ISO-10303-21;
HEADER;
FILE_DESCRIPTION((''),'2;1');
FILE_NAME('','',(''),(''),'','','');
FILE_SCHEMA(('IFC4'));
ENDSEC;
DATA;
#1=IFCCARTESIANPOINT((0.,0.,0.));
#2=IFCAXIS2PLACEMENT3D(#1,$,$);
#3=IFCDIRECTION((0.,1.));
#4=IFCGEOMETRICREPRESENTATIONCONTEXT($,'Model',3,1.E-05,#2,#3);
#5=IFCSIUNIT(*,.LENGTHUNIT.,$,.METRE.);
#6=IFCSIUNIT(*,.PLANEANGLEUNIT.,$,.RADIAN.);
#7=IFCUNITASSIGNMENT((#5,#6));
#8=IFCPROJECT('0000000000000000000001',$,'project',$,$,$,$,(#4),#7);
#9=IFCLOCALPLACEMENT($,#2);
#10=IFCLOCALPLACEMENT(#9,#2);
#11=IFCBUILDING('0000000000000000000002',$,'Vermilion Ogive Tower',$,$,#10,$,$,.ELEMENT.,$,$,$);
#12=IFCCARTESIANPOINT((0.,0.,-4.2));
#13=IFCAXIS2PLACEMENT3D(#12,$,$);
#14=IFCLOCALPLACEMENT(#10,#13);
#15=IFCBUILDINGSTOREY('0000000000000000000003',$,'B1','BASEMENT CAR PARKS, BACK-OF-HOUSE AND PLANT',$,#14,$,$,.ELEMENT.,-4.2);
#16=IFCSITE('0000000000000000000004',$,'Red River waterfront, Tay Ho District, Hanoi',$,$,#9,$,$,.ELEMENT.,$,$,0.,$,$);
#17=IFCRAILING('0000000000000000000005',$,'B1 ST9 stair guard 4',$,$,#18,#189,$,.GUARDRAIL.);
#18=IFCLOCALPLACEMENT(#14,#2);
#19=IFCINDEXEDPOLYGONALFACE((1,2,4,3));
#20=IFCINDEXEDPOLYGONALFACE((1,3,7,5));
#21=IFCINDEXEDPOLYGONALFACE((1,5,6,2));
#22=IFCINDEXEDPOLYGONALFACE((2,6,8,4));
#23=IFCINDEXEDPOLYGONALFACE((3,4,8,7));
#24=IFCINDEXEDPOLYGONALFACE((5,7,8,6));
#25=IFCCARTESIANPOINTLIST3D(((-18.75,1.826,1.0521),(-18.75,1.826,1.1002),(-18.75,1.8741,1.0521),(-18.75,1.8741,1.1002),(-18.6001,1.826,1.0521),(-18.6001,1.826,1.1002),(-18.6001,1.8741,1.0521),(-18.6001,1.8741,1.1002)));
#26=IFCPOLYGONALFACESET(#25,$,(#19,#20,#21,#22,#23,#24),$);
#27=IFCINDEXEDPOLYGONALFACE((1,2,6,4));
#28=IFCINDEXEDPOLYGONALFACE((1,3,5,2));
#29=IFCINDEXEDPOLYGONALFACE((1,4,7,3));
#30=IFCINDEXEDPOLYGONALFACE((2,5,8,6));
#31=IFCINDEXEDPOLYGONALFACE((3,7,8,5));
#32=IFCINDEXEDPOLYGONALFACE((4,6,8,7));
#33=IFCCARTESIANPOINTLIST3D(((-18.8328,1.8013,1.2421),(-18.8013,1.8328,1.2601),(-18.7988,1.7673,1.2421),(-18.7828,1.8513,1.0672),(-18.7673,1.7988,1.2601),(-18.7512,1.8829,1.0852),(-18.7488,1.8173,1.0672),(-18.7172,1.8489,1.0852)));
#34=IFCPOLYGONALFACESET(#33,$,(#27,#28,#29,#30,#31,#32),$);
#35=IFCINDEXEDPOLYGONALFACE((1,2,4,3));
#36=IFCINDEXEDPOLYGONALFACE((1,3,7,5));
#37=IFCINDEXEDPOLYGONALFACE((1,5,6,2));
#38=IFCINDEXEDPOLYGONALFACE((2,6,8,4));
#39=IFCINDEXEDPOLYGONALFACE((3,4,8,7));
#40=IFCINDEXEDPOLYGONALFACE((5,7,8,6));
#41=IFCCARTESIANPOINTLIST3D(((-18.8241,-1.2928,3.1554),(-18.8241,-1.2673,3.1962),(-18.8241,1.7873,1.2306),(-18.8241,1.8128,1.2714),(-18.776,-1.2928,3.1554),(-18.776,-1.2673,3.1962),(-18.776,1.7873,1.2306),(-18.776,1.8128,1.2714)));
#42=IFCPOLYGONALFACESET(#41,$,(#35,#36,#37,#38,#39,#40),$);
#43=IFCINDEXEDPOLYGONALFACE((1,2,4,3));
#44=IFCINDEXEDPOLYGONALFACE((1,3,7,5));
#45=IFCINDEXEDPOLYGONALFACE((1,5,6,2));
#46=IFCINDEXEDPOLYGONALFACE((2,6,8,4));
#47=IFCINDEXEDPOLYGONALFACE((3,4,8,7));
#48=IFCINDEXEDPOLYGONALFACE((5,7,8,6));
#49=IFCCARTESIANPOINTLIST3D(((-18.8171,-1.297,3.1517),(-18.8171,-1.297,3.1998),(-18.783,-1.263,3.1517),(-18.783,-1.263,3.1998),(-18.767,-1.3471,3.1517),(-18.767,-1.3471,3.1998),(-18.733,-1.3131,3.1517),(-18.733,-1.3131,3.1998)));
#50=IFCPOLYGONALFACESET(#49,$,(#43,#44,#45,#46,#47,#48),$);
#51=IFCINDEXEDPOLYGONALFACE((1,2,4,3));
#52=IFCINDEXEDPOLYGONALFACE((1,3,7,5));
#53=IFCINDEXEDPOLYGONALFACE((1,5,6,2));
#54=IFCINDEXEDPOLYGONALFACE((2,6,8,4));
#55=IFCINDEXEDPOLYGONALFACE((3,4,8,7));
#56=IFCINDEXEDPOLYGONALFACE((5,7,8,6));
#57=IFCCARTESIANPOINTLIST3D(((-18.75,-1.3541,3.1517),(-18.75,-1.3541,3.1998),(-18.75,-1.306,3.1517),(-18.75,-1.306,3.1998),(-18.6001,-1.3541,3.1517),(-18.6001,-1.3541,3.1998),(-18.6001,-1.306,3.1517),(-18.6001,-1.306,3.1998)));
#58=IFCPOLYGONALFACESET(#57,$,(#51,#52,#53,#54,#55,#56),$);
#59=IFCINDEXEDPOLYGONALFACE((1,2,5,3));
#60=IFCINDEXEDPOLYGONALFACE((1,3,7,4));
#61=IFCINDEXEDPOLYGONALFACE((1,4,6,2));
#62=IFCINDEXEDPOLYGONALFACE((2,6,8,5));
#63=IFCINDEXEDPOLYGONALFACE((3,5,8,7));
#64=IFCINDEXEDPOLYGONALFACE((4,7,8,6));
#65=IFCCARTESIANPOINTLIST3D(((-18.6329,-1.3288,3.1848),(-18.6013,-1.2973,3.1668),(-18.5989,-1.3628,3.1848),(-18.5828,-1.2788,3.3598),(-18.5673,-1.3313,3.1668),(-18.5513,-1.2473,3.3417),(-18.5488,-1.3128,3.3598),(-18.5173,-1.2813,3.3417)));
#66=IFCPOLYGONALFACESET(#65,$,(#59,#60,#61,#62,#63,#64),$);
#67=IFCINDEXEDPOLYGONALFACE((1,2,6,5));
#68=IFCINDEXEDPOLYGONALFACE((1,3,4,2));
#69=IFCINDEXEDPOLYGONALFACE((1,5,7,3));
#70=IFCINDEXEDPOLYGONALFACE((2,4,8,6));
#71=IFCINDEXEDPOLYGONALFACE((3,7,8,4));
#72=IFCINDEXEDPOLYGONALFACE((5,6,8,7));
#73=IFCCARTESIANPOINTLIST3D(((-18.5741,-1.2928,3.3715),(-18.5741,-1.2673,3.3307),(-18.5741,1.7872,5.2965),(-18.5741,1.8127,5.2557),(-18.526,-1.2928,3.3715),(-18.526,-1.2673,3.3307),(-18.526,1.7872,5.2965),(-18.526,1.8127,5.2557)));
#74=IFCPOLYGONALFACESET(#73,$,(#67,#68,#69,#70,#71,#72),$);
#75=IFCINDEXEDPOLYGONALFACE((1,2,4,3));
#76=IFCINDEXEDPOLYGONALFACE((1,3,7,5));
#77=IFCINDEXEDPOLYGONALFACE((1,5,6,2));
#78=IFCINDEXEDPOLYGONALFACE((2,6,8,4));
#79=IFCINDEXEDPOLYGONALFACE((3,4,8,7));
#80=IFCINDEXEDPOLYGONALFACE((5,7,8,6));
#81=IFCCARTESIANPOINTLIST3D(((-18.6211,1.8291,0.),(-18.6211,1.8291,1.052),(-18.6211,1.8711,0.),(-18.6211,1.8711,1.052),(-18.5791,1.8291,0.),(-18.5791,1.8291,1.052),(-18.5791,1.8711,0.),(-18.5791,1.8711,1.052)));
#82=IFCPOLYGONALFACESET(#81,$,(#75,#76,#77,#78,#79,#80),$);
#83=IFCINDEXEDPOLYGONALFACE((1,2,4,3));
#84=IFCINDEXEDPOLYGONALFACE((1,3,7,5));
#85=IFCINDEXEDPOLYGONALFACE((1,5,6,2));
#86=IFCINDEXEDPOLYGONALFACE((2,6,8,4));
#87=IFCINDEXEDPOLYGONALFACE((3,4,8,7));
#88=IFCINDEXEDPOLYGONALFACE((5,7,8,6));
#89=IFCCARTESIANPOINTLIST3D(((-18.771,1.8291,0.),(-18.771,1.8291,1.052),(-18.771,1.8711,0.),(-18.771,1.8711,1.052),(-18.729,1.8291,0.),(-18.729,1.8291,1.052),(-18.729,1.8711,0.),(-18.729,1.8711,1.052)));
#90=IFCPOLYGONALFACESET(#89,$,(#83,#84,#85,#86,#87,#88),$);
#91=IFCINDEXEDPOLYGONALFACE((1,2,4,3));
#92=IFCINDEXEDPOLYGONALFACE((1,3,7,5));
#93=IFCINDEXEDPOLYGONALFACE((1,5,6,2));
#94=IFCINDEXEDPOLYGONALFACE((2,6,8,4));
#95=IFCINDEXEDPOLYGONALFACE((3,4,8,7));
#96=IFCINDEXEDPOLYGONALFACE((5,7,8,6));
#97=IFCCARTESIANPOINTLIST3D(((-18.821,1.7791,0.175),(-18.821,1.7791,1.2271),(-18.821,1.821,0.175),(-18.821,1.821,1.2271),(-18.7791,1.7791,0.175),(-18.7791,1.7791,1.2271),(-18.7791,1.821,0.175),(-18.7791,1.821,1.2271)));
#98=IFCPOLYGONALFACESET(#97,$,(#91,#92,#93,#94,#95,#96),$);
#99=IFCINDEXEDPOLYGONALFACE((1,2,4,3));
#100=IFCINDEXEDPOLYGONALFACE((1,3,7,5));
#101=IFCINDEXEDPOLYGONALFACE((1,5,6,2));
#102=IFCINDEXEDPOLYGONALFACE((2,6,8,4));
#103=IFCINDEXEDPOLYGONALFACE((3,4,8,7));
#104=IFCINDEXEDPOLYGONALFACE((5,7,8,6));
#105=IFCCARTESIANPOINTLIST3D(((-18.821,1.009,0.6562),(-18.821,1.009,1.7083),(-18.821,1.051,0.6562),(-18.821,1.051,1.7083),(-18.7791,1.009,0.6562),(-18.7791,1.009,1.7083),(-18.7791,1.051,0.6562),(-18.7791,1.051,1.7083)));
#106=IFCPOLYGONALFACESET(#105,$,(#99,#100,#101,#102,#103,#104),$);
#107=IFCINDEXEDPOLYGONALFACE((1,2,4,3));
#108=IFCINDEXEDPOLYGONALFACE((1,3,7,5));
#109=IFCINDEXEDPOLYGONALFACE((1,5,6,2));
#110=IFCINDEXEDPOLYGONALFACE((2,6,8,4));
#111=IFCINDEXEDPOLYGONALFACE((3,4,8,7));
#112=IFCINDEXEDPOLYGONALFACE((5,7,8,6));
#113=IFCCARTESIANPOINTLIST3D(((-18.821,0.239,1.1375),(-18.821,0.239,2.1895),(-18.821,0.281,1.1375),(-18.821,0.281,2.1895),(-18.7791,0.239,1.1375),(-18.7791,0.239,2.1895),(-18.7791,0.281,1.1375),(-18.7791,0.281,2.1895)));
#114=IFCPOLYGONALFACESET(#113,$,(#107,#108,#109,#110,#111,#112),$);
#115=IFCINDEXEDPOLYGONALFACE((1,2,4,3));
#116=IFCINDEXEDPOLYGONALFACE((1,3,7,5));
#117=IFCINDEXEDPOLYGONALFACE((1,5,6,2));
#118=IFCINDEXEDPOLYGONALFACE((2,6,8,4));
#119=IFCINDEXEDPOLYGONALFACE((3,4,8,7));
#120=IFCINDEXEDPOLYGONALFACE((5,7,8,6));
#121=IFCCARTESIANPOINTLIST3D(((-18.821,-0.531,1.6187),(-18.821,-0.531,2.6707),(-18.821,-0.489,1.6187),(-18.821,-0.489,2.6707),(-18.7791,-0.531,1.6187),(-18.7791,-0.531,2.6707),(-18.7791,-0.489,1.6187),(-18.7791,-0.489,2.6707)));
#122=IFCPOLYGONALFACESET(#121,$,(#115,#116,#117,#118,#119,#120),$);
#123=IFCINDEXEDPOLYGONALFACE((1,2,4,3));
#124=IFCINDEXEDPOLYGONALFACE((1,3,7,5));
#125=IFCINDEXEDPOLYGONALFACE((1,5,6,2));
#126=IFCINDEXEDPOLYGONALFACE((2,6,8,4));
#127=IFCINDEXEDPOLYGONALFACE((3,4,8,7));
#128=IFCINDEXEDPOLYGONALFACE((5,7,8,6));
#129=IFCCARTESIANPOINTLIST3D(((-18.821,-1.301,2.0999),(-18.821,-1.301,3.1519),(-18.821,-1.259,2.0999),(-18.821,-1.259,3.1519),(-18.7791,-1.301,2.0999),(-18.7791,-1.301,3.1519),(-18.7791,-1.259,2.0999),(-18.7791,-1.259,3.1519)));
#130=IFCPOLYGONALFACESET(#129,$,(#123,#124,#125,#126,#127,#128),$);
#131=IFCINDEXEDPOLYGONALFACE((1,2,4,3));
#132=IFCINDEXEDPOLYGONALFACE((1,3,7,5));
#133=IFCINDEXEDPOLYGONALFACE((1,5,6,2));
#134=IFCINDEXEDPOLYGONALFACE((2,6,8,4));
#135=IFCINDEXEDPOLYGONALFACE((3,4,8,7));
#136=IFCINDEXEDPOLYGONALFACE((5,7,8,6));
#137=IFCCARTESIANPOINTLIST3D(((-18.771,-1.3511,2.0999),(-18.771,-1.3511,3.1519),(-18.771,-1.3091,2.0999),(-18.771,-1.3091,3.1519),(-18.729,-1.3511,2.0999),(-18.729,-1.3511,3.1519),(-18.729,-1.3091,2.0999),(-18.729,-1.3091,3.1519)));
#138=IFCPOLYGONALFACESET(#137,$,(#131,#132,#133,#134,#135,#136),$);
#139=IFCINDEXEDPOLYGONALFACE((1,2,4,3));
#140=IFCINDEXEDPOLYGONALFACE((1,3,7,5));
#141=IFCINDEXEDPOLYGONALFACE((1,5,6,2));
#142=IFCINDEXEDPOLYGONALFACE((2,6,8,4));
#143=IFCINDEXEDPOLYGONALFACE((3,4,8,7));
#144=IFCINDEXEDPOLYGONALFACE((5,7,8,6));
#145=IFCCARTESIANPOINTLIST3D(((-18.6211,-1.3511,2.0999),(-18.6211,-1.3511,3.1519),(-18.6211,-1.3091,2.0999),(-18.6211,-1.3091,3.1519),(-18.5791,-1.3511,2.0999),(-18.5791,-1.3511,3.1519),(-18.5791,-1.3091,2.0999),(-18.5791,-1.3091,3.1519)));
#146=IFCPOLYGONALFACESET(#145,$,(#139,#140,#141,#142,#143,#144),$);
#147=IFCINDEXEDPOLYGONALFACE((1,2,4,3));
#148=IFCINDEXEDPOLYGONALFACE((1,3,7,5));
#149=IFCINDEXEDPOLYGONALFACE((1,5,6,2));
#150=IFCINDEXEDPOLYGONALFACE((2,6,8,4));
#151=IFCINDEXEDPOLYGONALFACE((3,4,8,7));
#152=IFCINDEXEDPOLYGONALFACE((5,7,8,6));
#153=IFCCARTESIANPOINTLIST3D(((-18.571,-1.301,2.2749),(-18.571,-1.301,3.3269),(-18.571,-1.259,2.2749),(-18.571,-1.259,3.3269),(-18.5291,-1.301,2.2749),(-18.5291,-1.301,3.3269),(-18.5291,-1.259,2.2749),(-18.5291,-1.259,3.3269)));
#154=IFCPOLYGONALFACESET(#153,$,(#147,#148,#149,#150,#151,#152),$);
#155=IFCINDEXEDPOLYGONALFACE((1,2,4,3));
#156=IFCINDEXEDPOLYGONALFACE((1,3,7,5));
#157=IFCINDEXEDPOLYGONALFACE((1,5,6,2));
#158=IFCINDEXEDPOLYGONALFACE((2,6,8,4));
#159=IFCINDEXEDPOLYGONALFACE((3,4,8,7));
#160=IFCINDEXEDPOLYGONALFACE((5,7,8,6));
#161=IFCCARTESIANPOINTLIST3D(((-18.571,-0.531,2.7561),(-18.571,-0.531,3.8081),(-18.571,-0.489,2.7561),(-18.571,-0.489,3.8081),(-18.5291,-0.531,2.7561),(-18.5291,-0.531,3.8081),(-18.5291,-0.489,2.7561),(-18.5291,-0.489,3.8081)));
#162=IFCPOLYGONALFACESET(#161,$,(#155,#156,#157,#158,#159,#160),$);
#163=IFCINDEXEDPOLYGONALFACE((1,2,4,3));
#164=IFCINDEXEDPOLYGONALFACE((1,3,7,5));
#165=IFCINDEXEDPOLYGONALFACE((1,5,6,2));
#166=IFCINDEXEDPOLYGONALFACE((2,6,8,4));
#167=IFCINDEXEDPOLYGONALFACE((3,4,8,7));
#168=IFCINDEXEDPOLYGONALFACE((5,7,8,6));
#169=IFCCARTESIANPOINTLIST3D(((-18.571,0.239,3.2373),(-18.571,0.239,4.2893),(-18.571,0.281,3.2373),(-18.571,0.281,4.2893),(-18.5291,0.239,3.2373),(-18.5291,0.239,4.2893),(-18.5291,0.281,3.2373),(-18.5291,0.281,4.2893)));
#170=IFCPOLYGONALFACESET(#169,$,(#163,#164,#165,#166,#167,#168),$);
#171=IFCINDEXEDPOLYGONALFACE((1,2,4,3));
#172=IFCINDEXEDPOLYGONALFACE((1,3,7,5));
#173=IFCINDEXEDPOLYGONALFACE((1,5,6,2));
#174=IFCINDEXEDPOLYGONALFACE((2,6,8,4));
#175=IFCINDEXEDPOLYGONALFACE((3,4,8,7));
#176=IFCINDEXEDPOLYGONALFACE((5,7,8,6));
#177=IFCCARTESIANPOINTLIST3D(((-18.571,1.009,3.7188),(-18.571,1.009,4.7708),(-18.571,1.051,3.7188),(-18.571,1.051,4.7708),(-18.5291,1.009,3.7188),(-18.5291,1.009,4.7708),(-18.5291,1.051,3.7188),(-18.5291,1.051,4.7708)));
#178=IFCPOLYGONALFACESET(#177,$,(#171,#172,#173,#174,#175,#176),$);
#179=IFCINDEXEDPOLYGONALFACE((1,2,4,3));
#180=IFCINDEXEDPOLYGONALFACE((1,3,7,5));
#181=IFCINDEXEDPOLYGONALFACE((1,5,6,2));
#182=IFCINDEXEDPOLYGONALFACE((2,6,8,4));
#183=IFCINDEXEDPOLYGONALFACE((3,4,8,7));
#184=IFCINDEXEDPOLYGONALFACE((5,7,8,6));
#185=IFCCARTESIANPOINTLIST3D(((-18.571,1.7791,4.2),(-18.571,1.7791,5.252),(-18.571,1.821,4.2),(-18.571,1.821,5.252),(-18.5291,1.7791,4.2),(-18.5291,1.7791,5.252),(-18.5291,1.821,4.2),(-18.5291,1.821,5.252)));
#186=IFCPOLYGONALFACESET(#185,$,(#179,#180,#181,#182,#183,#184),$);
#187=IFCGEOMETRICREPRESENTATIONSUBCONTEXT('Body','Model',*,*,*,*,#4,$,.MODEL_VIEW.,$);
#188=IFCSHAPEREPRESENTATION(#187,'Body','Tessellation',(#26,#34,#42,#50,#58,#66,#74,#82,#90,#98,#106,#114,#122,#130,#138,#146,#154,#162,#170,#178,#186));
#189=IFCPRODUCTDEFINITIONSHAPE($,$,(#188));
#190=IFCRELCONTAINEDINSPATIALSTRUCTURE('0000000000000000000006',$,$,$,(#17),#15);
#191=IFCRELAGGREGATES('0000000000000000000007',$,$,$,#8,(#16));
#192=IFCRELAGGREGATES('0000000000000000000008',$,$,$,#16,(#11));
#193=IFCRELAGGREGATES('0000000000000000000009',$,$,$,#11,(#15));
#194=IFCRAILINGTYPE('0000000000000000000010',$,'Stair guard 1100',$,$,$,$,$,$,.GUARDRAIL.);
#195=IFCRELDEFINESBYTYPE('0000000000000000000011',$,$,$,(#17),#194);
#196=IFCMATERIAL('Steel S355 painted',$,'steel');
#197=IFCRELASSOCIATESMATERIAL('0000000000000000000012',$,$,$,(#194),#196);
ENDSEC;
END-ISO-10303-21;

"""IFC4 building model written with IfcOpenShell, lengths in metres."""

from ifc_helpers import new_model, si_unit, direction, frame, origin, origin_2d, place, context, subcontext, project, spatial, rectangle, extrude, material, type_object, element, save


model = new_model("IFC4")

# Units and contexts
model_context = context("Model", 3, precision=1e-05, world=origin(), true_north=direction((0.0, 1.0)))
body_context = subcontext(model_context, "Body", "Model", "MODEL_VIEW")
ifc_project = project(units=[si_unit("LENGTHUNIT", "METRE"), si_unit("PLANEANGLEUNIT", "RADIAN")], contexts=[model_context])

# Site, building, storey
site_placement = place(None, origin())
site = spatial("IfcSite", under=ifc_project, at=site_placement, Name="Red River waterfront, Tay Ho District, Hanoi", CompositionType="ELEMENT", RefElevation=0.0)
building_placement = place(site_placement, origin())
building = spatial("IfcBuilding", under=site, at=building_placement, Name="Vermilion Ogive Tower", CompositionType="ELEMENT")
storey_placement = place(building_placement, frame((0.0, 0.0, -4.2)))
storey = spatial("IfcBuildingStorey", under=building, at=storey_placement, Name="B1", Description="BASEMENT CAR PARKS, BACK-OF-HOUSE AND PLANT", CompositionType="ELEMENT", Elevation=-4.2)

# Railing
ifc_material_1 = material(Name="Steel S355 painted", Category="steel")
railing_type_1 = type_object("IfcRailingType", Name="Stair guard 1100", PredefinedType="GUARDRAIL", material=ifc_material_1)
railing_1_placement = place(storey_placement, frame((-18.6001, 1.8501, 0.0)))
element("IfcRailing", 1, at=railing_1_placement, inside=storey, type_object=railing_type_1, Name="B1 ST9 stair guard 4", PredefinedType="GUARDRAIL", context=body_context, shape_type="SweptSolid", body=[
    extrude(rectangle(XDim=0.0481, YDim=0.0481, at=origin_2d()), frame((0.0, 0.0, 1.0762), z_axis=(-1.0, 0.0, 0.0), x_axis=(0.0, -1.0, 0.0)), (0.0, 0.0, 1.0), 0.1499),
    extrude(rectangle(XDim=0.0481, YDim=0.0481, at=origin_2d()), frame((-0.1499, 0.0, 1.0762), z_axis=(-0.265065, -0.265065, 0.927082), x_axis=(0.707107, -0.707107, 0.0)), (0.0, 0.0, 1.0), 0.1887),
    extrude(rectangle(XDim=0.0481, YDim=0.0481, at=origin_2d()), frame((-0.2, -0.05, 1.251), z_axis=(0.0, -0.848029, 0.529951), x_axis=(1.0, 0.0, 0.0)), (0.0, 0.0, 1.0), 3.6321),
    extrude(rectangle(XDim=0.0481, YDim=0.0481, at=origin_2d()), frame((-0.2, -3.1301, 3.1758), z_axis=(0.707107, -0.707107, 0.0), x_axis=(0.707107, 0.707107, 0.0)), (0.0, 0.0, 1.0), 0.0708),
    extrude(rectangle(XDim=0.0481, YDim=0.0481, at=origin_2d()), frame((-0.1499, -3.1802, 3.1758), z_axis=(1.0, 0.0, 0.0), x_axis=(0.0, 1.0, 0.0)), (0.0, 0.0, 1.0), 0.1499),
    extrude(rectangle(XDim=0.0481, YDim=0.0481, at=origin_2d()), frame((0.0, -3.1802, 3.1758), z_axis=(0.265065, 0.265065, 0.927082), x_axis=(-0.707107, 0.707107, 0.0)), (0.0, 0.0, 1.0), 0.1887),
    extrude(rectangle(XDim=0.0481, YDim=0.0481, at=origin_2d()), frame((0.05, -3.1301, 3.3511), z_axis=(0.0, 0.847998, 0.529999), x_axis=(-1.0, 0.0, 0.0)), (0.0, 0.0, 1.0), 3.6321),
    extrude(rectangle(XDim=0.042, YDim=0.042, at=origin_2d()), origin(), (0.0, 0.0, 1.0), 1.052),
    extrude(rectangle(XDim=0.042, YDim=0.042, at=origin_2d()), frame((-0.1499, 0.0, 0.0)), (0.0, 0.0, 1.0), 1.052),
    extrude(rectangle(XDim=0.042, YDim=0.042, at=origin_2d()), frame((-0.2, -0.05, 0.175)), (0.0, 0.0, 1.0), 1.052),
    extrude(rectangle(XDim=0.042, YDim=0.042, at=origin_2d()), frame((-0.2, -0.8201, 0.6562)), (0.0, 0.0, 1.0), 1.052),
    extrude(rectangle(XDim=0.042, YDim=0.042, at=origin_2d()), frame((-0.2, -1.5901, 1.1375)), (0.0, 0.0, 1.0), 1.052),
    extrude(rectangle(XDim=0.042, YDim=0.042, at=origin_2d()), frame((-0.2, -2.3601, 1.6187)), (0.0, 0.0, 1.0), 1.052),
    extrude(rectangle(XDim=0.042, YDim=0.042, at=origin_2d()), frame((-0.2, -3.1301, 2.0999)), (0.0, 0.0, 1.0), 1.052),
    extrude(rectangle(XDim=0.042, YDim=0.042, at=origin_2d()), frame((-0.1499, -3.1802, 2.0999)), (0.0, 0.0, 1.0), 1.052),
    extrude(rectangle(XDim=0.042, YDim=0.042, at=origin_2d()), frame((0.0, -3.1802, 2.0999)), (0.0, 0.0, 1.0), 1.052),
    extrude(rectangle(XDim=0.042, YDim=0.042, at=origin_2d()), frame((0.05, -3.1301, 2.2749)), (0.0, 0.0, 1.0), 1.052),
    extrude(rectangle(XDim=0.042, YDim=0.042, at=origin_2d()), frame((0.05, -2.3601, 2.7561)), (0.0, 0.0, 1.0), 1.052),
    extrude(rectangle(XDim=0.042, YDim=0.042, at=origin_2d()), frame((0.05, -1.5901, 3.2373)), (0.0, 0.0, 1.0), 1.052),
    extrude(rectangle(XDim=0.042, YDim=0.042, at=origin_2d()), frame((0.05, -0.8201, 3.7188)), (0.0, 0.0, 1.0), 1.052),
    extrude(rectangle(XDim=0.042, YDim=0.042, at=origin_2d()), frame((0.05, -0.05, 4.2)), (0.0, 0.0, 1.0), 1.052),
])

save(model, "model.ifc")
